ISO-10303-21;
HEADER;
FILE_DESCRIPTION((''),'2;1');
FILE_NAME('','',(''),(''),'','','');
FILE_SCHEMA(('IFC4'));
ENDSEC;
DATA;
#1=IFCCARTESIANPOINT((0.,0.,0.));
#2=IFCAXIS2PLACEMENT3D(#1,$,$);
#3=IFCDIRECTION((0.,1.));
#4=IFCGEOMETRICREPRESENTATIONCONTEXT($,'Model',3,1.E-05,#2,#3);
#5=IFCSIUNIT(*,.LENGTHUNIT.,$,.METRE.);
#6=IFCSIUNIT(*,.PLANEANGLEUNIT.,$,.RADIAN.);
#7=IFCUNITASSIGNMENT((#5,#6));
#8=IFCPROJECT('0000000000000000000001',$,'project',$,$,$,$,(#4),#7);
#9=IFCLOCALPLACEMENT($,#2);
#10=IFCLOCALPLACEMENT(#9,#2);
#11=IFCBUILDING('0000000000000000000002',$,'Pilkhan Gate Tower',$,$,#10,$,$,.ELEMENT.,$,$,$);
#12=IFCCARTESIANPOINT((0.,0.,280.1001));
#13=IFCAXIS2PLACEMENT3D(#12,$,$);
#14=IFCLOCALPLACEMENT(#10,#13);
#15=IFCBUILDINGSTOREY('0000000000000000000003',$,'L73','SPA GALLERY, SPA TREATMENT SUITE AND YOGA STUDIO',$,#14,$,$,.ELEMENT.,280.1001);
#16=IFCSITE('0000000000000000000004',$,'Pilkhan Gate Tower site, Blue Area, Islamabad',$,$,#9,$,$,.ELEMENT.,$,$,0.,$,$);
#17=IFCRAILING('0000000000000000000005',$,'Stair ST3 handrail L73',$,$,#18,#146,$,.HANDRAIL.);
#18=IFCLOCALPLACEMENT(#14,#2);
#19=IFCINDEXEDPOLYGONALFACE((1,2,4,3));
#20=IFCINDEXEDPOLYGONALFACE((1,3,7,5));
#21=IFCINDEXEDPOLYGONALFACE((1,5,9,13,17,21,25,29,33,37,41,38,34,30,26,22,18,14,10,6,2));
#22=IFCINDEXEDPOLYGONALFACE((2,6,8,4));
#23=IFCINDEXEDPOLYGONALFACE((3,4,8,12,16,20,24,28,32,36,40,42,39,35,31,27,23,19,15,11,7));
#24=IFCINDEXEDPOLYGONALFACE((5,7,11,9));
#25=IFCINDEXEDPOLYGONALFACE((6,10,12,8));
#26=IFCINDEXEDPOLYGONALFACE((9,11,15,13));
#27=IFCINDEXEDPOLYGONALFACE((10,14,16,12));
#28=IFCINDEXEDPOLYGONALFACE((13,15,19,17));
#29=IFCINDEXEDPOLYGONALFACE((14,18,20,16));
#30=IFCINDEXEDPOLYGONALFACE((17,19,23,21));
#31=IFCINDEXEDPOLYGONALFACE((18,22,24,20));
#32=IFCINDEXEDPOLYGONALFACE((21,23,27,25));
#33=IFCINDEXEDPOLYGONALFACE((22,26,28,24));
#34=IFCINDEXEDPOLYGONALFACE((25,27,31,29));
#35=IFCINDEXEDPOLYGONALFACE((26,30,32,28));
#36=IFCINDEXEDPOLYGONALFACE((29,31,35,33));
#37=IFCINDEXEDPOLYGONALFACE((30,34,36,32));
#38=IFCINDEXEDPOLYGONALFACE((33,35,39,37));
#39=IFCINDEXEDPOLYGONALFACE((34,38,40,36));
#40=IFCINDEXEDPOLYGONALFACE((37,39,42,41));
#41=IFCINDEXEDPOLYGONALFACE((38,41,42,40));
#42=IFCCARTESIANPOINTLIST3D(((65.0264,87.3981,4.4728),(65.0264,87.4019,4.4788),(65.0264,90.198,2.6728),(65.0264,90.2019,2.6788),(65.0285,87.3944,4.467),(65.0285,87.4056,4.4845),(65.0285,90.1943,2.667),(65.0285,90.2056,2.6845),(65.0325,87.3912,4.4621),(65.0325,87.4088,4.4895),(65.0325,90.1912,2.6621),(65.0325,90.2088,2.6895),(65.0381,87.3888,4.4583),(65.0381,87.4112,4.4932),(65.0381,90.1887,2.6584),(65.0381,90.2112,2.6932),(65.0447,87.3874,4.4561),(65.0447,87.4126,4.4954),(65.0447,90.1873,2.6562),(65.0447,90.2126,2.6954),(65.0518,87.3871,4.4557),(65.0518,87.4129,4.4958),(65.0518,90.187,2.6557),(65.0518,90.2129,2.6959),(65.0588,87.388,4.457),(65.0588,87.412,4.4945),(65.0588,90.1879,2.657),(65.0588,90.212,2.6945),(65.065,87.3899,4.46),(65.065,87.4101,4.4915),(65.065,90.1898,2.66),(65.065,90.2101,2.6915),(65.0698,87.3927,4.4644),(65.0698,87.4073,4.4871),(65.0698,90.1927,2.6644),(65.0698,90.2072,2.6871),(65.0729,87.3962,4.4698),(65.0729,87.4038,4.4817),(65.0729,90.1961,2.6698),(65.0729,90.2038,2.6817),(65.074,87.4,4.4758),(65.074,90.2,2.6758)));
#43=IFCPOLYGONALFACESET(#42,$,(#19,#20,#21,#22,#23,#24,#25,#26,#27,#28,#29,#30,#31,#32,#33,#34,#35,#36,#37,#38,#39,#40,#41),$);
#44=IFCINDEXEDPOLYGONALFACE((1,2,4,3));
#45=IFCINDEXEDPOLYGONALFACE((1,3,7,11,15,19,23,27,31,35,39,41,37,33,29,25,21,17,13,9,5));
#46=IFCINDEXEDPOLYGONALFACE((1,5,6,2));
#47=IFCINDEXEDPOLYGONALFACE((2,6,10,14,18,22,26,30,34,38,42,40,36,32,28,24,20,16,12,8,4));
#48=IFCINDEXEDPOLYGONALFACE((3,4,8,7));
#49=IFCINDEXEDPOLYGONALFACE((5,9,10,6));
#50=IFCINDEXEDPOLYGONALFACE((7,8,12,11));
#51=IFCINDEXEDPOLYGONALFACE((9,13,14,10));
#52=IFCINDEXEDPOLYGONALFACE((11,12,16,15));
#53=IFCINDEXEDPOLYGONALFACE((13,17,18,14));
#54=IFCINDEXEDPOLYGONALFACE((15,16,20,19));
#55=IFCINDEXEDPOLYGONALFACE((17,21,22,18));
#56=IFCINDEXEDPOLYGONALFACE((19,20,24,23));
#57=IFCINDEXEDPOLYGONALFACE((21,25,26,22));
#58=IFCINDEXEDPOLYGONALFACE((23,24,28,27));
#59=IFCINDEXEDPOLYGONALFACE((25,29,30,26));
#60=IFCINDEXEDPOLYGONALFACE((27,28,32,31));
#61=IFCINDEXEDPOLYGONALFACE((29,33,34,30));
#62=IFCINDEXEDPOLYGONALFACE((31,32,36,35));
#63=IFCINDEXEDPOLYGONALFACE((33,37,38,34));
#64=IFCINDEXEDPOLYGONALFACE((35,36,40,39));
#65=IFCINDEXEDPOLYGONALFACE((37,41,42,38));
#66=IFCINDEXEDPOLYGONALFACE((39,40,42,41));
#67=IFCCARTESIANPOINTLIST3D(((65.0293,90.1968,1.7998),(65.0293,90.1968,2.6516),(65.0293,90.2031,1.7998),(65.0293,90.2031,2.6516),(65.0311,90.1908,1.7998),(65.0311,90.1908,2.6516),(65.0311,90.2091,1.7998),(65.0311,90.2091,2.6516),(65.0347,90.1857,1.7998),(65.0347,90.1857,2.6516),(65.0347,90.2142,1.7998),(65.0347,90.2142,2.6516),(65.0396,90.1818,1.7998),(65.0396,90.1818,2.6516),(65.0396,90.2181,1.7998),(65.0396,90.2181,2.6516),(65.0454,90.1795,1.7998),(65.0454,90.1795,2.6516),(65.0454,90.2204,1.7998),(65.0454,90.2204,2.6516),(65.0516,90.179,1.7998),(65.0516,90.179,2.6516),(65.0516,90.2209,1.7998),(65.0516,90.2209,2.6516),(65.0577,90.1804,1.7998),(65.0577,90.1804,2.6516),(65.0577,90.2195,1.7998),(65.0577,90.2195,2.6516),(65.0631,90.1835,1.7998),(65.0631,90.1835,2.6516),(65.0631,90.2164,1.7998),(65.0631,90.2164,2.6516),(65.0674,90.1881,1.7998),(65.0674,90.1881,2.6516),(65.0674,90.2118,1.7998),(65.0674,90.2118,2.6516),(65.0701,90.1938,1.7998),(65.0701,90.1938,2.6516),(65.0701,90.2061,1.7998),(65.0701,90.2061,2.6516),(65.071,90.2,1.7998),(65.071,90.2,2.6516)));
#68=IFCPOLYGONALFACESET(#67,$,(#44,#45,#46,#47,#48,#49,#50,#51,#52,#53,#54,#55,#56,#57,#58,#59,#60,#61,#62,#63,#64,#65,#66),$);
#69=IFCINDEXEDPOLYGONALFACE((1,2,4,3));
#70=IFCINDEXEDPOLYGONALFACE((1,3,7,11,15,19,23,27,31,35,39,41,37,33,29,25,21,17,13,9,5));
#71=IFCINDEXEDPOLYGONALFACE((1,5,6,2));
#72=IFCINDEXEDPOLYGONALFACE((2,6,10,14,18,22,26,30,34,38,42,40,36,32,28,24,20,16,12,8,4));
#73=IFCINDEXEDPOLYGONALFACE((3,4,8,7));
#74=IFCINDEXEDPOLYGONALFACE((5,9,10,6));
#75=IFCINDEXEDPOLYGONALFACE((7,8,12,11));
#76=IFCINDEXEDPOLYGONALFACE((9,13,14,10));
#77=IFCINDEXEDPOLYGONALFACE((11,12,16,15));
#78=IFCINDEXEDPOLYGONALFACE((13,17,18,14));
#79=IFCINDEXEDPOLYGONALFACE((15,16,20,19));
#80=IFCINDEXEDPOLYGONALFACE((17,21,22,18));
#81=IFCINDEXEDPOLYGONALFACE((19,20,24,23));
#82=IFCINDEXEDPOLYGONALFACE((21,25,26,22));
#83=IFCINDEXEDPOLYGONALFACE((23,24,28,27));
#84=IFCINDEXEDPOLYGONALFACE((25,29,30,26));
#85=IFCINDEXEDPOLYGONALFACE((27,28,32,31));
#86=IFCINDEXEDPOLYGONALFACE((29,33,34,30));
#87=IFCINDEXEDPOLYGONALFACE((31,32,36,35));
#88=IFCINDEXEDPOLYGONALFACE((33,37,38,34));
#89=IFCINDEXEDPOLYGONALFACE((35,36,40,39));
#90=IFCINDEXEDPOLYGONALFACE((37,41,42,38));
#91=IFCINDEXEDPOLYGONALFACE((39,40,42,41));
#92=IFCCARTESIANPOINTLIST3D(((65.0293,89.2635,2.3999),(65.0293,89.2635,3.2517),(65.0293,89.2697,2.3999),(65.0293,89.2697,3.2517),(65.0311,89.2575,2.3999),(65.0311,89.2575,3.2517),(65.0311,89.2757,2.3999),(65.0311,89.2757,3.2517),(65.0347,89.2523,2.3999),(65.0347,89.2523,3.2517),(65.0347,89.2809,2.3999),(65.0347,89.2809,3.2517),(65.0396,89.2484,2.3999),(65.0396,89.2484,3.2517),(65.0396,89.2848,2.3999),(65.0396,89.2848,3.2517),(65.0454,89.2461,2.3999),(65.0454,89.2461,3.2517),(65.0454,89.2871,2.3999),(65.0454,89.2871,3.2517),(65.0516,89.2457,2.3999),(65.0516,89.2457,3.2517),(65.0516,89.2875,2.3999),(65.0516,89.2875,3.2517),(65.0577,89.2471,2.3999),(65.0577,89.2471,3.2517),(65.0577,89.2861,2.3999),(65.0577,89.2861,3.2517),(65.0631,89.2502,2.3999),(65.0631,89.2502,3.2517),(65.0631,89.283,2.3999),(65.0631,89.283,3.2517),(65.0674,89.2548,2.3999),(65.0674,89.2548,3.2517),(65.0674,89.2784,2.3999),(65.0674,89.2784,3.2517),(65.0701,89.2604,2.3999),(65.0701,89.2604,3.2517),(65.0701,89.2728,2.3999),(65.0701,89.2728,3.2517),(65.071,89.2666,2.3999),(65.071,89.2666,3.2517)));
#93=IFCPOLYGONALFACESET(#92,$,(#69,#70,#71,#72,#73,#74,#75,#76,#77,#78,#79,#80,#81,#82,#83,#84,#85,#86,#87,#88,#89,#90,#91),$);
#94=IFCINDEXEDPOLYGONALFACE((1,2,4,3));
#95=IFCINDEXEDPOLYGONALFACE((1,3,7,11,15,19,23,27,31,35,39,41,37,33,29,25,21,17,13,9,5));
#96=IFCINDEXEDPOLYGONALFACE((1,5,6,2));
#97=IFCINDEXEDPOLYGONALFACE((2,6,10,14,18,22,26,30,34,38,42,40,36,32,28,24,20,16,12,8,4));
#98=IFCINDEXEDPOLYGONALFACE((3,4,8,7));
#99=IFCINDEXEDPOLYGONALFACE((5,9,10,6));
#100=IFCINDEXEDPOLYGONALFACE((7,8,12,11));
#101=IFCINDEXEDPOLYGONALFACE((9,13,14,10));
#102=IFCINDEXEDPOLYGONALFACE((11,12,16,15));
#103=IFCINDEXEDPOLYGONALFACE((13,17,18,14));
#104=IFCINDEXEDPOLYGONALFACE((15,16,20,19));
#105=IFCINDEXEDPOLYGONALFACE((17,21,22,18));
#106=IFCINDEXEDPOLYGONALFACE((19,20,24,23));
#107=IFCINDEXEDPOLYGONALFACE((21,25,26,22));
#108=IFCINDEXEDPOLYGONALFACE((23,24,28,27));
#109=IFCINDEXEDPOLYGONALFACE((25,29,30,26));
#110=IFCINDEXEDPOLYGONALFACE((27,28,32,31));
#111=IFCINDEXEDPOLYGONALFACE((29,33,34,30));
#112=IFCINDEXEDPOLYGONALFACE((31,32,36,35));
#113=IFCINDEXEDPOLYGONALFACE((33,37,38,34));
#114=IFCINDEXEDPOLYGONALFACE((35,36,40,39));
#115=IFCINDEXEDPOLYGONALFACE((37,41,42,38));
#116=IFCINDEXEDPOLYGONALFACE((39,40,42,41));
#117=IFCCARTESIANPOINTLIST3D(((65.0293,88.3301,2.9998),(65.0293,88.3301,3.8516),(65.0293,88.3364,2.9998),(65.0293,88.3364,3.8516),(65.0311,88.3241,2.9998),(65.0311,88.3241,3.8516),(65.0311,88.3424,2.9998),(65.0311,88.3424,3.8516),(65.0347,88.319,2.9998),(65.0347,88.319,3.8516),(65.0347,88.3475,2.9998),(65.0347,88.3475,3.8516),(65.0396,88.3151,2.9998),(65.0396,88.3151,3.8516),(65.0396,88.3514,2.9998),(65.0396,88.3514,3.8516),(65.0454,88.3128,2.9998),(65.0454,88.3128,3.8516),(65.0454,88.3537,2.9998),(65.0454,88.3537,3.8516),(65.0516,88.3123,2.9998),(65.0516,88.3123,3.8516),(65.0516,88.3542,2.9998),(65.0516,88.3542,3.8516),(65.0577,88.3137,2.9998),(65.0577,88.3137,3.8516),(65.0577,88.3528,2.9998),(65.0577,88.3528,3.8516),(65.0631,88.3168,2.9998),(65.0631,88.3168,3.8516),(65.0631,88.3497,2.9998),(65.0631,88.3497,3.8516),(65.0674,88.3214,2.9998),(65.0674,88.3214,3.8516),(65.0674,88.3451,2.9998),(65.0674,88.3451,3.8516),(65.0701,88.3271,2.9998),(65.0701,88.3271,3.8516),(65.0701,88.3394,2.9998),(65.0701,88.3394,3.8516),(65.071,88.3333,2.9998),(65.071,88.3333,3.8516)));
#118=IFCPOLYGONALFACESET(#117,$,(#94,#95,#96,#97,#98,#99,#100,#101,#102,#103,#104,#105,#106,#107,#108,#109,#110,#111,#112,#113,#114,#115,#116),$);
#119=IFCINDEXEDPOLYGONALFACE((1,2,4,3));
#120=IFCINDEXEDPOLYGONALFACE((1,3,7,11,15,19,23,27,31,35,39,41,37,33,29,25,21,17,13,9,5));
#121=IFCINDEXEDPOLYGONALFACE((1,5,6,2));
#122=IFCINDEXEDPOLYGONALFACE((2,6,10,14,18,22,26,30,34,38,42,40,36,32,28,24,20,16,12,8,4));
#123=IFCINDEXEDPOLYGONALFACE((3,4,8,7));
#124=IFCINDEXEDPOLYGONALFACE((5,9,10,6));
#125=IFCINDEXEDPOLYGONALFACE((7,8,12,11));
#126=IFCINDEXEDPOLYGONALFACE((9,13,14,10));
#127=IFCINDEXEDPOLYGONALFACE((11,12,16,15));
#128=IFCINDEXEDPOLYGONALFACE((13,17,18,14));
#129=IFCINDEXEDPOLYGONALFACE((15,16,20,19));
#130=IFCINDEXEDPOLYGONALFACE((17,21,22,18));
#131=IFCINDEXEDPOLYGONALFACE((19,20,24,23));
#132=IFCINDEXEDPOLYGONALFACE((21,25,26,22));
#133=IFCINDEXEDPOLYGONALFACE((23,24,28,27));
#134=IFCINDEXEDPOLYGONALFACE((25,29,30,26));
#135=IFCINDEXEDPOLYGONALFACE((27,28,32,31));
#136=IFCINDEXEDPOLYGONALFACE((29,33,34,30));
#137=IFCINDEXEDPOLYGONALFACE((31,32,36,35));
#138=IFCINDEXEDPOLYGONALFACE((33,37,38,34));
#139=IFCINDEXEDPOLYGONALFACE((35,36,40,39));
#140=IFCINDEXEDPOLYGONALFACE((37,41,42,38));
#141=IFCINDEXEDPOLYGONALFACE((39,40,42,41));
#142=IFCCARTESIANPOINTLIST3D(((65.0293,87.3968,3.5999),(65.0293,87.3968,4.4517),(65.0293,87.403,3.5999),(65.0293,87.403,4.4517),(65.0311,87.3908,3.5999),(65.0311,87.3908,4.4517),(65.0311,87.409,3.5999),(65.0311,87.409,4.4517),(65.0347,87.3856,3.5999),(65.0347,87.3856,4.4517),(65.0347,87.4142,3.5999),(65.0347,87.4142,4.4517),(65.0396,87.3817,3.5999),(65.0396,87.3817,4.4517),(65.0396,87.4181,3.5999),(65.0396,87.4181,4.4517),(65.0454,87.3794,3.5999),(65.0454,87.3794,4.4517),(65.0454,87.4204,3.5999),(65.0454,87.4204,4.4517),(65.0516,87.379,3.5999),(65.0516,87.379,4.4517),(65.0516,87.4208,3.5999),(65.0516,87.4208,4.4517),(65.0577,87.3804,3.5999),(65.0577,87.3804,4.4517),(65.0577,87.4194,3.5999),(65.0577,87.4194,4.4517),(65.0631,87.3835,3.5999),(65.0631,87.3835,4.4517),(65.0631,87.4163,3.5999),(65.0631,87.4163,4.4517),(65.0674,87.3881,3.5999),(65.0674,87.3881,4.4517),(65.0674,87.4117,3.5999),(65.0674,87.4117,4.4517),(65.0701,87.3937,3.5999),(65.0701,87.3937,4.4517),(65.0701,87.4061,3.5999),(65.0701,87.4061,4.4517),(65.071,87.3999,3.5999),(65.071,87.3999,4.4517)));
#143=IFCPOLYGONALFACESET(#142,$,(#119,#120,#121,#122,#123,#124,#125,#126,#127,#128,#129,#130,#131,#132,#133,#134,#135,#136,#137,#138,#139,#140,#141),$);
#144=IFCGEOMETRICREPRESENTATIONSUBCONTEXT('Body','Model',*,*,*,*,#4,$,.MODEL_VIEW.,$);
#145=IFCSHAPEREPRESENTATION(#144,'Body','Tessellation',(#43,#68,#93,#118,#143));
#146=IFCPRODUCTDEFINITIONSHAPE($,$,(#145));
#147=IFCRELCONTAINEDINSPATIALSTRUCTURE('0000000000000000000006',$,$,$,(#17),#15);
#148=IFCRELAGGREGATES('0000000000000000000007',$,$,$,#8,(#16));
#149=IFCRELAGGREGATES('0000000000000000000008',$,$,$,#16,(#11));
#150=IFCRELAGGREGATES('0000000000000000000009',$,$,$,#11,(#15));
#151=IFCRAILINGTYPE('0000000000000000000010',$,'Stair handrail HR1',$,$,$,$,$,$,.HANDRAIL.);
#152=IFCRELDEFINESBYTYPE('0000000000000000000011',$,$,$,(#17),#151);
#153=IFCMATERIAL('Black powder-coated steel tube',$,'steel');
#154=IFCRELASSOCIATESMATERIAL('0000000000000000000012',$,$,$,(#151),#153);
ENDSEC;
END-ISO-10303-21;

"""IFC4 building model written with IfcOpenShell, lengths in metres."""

from ifc_helpers import new_model, si_unit, direction, frame, origin, origin_2d, place, context, subcontext, project, spatial, circle, extrude, material, type_object, element, save


model = new_model("IFC4")

# Units and contexts
model_context = context("Model", 3, precision=1e-05, world=origin(), true_north=direction((0.0, 1.0)))
body_context = subcontext(model_context, "Body", "Model", "MODEL_VIEW")
ifc_project = project(units=[si_unit("LENGTHUNIT", "METRE"), si_unit("PLANEANGLEUNIT", "RADIAN")], contexts=[model_context])

# Site, building, storey
site_placement = place(None, origin())
site = spatial("IfcSite", under=ifc_project, at=site_placement, Name="Pilkhan Gate Tower site, Blue Area, Islamabad", CompositionType="ELEMENT", RefElevation=0.0)
building_placement = place(site_placement, origin())
building = spatial("IfcBuilding", under=site, at=building_placement, Name="Pilkhan Gate Tower", CompositionType="ELEMENT")
storey_placement = place(building_placement, frame((0.0, 0.0, 280.1001)))
storey = spatial("IfcBuildingStorey", under=building, at=storey_placement, Name="L73", Description="SPA GALLERY, SPA TREATMENT SUITE AND YOGA STUDIO", CompositionType="ELEMENT", Elevation=280.1001)

# Railing
ifc_material_1 = material(Name="Black powder-coated steel tube", Category="steel")
railing_type_1 = type_object("IfcRailingType", Name="Stair handrail HR1", PredefinedType="HANDRAIL", material=ifc_material_1)
railing_1_placement = place(storey_placement, frame((65.05, 90.2, 1.7998)))
element("IfcRailing", 1, at=railing_1_placement, inside=storey, type_object=railing_type_1, Name="Stair ST3 handrail L73", PredefinedType="HANDRAIL", context=body_context, shape_type="SweptSolid", body=[
    extrude(circle(Radius=0.0239, at=origin_2d()), frame((0.0, 0.0, 0.876), z_axis=(0.0, -0.841176, 0.540761), x_axis=(1.0, 0.0, 0.0)), (0.0, 0.0, 1.0), 3.3286),
    extrude(circle(Radius=0.021, at=origin_2d()), origin(), (0.0, 0.0, 1.0), 0.8518),
    extrude(circle(Radius=0.021, at=origin_2d()), frame((0.0, -0.9333, 0.6001)), (0.0, 0.0, 1.0), 0.8518),
    extrude(circle(Radius=0.021, at=origin_2d()), frame((0.0, -1.8667, 1.2)), (0.0, 0.0, 1.0), 0.8518),
    extrude(circle(Radius=0.021, at=origin_2d()), frame((0.0, -2.8, 1.8)), (0.0, 0.0, 1.0), 0.8518),
])

save(model, "model.ifc")
